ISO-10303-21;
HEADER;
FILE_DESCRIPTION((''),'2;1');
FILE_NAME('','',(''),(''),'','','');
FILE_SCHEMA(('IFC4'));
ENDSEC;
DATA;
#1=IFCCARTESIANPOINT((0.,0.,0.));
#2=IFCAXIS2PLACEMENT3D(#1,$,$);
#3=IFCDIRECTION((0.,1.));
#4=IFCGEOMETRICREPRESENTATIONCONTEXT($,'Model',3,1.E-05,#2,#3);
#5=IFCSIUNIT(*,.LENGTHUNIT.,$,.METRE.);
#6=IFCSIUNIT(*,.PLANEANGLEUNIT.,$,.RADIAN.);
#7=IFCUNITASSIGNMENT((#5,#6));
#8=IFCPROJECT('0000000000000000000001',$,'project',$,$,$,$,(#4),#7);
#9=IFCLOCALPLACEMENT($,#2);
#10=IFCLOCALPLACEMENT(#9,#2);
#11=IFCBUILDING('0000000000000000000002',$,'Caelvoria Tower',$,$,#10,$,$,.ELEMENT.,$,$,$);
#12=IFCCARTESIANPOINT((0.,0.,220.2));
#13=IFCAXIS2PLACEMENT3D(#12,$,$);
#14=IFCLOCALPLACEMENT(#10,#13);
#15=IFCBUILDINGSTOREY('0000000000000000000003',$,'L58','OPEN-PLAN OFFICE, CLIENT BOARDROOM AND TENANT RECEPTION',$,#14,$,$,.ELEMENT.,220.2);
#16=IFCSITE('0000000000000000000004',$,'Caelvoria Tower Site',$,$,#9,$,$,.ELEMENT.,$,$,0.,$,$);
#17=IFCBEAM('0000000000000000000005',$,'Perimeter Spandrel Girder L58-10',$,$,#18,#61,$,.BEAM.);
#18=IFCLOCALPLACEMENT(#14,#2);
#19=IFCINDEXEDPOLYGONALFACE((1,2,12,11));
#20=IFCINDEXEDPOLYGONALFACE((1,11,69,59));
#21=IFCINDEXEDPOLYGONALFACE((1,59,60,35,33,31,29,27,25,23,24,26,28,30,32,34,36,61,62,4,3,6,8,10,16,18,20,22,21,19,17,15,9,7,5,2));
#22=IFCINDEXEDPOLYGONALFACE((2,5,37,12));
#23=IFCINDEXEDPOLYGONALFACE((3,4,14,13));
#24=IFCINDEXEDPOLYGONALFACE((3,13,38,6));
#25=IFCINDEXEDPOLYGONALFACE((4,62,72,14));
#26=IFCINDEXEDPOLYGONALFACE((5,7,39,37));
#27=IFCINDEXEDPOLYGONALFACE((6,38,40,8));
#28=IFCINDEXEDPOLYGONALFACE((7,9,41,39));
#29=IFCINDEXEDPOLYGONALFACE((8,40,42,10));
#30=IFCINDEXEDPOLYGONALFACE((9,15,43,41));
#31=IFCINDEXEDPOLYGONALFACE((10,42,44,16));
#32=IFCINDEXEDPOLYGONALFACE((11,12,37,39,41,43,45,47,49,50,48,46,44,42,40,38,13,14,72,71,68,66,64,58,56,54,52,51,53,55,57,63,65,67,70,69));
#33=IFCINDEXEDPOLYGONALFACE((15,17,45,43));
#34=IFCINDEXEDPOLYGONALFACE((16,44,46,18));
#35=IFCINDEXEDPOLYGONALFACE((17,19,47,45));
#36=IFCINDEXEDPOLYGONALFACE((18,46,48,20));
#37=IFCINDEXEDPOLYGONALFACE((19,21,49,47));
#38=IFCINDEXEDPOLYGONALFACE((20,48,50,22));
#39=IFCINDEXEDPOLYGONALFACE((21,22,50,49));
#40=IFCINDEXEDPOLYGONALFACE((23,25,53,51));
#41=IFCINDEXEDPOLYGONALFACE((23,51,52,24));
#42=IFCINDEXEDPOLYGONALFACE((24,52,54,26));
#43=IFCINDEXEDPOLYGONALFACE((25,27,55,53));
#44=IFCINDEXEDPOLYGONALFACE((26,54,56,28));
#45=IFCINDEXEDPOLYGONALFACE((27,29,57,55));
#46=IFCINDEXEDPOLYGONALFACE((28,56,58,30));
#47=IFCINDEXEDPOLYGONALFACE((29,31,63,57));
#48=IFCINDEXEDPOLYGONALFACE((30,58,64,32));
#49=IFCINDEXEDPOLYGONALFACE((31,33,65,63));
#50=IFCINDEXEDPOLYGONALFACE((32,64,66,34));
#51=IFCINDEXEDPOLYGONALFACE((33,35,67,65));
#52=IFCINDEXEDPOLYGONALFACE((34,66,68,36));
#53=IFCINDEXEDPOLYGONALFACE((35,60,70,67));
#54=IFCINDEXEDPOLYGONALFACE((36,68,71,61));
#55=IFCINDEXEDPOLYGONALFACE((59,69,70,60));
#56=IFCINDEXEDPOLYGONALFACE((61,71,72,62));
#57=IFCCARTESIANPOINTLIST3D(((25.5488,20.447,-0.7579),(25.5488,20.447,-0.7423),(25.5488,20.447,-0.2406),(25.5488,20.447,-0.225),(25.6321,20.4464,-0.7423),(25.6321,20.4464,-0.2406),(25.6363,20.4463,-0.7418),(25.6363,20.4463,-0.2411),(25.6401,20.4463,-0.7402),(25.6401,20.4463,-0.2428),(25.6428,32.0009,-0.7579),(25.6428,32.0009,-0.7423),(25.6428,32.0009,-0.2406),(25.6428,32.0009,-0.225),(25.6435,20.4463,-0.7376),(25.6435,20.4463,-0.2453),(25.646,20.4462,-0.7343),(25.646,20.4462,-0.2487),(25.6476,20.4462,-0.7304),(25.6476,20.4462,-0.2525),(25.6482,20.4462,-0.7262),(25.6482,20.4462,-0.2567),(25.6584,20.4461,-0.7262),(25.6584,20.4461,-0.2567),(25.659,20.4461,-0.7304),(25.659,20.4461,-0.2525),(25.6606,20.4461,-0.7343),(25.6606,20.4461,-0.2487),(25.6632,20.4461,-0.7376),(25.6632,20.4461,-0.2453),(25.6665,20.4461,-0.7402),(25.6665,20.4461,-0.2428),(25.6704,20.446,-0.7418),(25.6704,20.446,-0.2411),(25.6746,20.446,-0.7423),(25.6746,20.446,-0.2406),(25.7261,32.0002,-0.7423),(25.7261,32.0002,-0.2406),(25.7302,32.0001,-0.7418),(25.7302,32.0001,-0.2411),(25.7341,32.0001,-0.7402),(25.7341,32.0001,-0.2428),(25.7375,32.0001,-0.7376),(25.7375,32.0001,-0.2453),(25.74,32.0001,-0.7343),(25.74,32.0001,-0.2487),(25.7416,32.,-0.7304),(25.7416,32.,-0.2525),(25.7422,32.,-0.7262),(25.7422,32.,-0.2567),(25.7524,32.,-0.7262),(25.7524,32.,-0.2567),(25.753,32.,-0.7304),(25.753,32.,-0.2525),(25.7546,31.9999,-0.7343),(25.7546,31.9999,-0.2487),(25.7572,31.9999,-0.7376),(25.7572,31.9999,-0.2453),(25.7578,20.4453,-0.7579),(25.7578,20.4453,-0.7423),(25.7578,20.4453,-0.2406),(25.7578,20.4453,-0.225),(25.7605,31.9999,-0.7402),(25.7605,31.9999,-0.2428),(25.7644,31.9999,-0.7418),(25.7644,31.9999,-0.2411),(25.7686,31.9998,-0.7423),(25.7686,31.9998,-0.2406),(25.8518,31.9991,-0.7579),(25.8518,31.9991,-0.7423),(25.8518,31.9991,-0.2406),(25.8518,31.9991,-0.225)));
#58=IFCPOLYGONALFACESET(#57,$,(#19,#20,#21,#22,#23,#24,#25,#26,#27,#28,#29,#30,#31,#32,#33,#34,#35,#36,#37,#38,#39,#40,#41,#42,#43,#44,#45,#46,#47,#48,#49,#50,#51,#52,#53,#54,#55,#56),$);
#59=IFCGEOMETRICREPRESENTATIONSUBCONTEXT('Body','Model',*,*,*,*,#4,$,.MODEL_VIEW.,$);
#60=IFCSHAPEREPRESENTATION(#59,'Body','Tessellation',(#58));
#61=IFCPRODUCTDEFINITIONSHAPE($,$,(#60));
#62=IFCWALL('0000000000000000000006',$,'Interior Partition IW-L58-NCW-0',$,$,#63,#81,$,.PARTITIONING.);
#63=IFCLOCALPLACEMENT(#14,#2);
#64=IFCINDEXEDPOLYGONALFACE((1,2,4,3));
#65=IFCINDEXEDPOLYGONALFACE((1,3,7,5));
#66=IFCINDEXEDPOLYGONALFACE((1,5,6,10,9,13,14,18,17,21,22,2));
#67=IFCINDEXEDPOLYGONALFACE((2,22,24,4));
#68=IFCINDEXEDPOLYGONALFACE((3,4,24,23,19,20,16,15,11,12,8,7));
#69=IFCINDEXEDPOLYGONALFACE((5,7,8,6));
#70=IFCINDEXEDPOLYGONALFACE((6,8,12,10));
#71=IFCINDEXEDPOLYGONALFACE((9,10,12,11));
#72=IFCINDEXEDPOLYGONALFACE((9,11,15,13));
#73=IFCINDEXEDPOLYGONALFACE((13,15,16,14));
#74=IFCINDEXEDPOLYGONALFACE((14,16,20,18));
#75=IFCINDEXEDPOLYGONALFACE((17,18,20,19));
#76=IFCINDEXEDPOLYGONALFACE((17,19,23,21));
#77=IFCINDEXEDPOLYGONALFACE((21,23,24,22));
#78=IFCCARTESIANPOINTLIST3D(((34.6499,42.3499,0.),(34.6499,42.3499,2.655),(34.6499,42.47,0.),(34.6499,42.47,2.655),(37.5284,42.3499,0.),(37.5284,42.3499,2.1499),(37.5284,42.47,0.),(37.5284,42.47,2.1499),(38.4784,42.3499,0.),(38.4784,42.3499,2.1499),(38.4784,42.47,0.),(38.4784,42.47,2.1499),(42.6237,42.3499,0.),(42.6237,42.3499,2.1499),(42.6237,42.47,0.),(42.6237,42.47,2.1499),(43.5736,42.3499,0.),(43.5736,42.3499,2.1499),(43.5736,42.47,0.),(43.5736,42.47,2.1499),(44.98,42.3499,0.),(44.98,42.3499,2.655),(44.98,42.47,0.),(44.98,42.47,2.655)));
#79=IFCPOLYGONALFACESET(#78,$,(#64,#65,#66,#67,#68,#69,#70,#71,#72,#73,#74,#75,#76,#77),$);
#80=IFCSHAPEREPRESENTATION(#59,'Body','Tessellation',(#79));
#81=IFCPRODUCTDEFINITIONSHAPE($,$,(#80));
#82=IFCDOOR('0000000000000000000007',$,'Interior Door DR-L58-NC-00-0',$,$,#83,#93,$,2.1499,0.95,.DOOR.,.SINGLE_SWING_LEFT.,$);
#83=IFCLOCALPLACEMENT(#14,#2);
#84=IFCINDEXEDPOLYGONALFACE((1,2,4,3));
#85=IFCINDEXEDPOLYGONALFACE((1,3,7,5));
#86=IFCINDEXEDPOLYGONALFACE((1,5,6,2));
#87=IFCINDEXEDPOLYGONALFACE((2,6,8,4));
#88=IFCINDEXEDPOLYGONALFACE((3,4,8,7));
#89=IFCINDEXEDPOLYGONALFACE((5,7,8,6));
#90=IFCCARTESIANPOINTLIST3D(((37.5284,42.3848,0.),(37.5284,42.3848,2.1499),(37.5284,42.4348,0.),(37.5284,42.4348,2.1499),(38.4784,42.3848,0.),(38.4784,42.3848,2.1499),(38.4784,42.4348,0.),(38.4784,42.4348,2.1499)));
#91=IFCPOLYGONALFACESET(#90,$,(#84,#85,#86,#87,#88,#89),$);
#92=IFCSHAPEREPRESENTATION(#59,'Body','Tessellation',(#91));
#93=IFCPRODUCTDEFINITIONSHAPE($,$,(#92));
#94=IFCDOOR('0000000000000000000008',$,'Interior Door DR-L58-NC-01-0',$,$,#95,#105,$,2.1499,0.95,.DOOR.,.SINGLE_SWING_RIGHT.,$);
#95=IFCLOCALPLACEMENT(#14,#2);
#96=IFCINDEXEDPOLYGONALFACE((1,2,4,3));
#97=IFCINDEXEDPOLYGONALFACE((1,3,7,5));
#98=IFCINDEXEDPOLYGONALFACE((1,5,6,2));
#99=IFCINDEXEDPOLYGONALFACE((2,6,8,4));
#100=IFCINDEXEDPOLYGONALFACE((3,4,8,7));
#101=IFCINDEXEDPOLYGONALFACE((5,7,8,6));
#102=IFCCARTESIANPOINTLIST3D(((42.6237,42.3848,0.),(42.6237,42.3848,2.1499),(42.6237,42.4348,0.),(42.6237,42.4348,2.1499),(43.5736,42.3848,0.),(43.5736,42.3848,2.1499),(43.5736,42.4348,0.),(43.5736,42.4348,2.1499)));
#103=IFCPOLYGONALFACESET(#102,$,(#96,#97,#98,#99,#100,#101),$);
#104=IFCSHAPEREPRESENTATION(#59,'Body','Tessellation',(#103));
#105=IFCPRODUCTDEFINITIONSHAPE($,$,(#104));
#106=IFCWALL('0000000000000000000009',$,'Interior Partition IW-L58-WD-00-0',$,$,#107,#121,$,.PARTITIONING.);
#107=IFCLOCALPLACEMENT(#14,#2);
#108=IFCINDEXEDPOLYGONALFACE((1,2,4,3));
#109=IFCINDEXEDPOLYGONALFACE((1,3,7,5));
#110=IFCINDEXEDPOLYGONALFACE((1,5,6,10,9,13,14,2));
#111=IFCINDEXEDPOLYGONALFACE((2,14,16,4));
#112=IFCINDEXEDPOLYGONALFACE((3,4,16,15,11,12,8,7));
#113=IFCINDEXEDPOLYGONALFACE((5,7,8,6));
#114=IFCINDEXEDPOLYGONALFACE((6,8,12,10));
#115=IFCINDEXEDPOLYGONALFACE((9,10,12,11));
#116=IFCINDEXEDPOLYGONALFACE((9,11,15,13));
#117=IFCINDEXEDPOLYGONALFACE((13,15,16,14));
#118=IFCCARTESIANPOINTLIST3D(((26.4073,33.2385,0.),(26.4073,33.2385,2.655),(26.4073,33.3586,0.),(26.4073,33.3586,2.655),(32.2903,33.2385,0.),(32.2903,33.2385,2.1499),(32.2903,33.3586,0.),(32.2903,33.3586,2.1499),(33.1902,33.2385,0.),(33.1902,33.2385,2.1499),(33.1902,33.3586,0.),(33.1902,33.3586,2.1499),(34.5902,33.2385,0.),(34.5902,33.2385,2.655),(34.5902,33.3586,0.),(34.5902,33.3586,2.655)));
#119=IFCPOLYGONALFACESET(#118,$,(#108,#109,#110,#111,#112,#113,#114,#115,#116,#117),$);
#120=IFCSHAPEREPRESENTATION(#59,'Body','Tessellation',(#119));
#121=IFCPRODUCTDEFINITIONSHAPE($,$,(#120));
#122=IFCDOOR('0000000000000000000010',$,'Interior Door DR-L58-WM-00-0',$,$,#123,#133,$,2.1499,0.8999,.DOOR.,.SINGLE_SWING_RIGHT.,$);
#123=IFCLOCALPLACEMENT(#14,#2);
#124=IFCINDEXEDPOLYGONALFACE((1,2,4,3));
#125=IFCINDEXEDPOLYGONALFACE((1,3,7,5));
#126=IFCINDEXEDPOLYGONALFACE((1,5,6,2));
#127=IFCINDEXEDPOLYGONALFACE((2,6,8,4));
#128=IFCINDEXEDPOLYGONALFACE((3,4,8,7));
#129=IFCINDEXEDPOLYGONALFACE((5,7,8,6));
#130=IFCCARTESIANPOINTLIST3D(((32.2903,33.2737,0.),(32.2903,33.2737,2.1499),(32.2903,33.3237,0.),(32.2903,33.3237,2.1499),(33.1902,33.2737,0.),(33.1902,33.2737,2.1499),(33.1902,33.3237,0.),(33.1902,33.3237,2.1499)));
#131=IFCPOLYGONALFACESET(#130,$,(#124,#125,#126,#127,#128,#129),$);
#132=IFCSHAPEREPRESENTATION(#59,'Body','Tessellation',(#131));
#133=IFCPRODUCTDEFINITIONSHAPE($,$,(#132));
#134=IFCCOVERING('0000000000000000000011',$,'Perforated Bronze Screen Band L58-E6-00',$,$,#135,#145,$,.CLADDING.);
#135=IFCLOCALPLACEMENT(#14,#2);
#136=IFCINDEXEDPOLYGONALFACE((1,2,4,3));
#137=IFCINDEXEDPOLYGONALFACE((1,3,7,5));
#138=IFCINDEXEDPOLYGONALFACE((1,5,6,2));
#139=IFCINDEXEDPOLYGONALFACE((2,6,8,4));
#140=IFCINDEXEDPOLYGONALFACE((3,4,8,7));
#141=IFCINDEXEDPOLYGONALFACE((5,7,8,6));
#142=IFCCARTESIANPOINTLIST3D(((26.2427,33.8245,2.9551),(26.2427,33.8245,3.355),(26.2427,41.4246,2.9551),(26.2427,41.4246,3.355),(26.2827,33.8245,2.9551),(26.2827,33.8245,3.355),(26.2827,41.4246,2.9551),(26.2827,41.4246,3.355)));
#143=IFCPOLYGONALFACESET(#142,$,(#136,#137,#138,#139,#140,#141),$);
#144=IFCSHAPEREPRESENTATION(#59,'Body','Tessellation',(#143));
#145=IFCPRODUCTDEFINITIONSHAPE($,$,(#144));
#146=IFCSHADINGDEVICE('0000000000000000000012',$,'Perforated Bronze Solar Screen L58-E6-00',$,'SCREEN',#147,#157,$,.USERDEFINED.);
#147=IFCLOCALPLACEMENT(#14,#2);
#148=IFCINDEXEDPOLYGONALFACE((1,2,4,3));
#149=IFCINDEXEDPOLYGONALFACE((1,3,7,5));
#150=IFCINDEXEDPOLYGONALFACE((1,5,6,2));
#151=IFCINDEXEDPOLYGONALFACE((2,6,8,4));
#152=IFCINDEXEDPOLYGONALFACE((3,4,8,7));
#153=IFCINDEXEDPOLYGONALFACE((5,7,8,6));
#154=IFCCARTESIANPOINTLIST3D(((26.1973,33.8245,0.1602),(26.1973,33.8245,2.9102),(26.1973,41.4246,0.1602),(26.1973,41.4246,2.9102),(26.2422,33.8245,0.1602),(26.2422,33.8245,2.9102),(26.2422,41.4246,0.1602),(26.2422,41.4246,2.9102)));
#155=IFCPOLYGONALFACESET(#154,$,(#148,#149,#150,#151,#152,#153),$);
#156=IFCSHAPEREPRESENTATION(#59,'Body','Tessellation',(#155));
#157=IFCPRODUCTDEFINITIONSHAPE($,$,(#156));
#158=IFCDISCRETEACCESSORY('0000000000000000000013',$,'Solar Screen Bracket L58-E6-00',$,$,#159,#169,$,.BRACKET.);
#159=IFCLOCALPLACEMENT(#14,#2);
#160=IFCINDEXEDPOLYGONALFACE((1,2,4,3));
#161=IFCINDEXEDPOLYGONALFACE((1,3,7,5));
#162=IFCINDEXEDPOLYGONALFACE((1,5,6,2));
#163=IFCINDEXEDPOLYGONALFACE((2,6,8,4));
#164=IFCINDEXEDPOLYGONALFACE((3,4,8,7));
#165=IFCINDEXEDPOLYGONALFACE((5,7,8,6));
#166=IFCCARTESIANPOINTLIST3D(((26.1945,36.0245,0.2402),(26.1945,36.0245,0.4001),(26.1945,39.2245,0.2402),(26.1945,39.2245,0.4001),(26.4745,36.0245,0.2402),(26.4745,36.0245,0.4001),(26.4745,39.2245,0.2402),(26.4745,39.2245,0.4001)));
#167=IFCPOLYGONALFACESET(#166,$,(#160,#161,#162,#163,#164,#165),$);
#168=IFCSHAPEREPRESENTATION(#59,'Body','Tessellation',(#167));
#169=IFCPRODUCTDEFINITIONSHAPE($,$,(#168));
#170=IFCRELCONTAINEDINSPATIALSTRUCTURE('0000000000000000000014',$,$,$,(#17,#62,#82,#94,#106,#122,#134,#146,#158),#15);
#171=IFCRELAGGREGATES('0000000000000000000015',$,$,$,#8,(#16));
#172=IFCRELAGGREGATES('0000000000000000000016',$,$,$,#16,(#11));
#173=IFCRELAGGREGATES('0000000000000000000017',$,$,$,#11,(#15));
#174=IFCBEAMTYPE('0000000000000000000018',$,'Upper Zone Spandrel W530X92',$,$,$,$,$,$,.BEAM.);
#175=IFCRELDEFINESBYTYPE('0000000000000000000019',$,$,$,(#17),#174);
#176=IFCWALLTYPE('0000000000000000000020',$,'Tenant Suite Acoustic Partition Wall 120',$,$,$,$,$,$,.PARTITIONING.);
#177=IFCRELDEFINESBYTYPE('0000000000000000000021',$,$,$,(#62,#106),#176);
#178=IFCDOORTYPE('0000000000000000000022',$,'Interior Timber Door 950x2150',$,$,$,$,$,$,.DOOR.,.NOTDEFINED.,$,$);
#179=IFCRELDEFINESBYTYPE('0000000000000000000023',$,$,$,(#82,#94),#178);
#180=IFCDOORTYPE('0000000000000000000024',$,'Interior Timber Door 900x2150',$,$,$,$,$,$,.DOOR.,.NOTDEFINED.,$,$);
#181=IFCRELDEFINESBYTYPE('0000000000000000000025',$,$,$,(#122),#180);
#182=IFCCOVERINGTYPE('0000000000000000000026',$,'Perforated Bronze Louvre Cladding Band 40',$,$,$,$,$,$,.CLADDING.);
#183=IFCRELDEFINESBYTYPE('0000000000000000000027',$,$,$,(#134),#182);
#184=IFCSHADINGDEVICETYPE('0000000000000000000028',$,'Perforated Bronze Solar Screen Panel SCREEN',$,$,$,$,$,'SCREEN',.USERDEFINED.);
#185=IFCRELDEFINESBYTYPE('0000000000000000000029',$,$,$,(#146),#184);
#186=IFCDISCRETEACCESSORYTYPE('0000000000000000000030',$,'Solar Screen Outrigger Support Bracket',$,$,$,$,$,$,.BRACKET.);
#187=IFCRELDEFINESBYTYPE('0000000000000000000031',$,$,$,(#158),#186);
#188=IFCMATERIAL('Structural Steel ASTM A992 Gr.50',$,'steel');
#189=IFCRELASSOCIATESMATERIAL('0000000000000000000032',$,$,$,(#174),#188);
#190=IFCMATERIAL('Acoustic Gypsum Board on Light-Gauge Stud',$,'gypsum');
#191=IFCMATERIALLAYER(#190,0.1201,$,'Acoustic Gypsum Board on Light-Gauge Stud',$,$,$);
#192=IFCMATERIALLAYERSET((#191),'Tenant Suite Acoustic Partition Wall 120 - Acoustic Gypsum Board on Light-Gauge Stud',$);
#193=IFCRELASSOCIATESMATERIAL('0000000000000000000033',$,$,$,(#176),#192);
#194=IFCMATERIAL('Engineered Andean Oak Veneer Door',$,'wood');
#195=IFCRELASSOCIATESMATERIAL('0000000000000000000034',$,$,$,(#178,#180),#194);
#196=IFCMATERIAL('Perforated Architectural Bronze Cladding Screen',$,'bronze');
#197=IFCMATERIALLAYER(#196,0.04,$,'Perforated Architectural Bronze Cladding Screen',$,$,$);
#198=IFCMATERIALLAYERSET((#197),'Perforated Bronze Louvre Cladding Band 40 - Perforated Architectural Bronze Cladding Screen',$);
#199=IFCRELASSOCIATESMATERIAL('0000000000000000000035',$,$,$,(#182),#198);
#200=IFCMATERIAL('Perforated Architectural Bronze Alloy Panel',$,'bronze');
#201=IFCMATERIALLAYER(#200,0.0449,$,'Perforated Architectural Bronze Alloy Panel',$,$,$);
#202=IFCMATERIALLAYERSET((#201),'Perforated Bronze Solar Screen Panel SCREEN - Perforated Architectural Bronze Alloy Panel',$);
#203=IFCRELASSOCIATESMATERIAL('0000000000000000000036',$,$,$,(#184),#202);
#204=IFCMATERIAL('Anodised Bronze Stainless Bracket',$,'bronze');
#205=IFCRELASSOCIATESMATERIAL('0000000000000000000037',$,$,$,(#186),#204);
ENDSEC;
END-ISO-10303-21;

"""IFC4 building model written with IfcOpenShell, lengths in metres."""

from ifc_helpers import new_model, si_unit, direction, frame, frame_2d, origin, origin_2d, place, context, subcontext, project, spatial, rectangle, i_section, extrude, material, layer, layer_set, material_profile, profile_set, type_object, element, fill, save


model = new_model("IFC4")

# Units and contexts
model_context = context("Model", 3, precision=1e-05, world=origin(), true_north=direction((0.0, 1.0)))
body_context = subcontext(model_context, "Body", "Model", "MODEL_VIEW")
ifc_project = project(units=[si_unit("LENGTHUNIT", "METRE"), si_unit("PLANEANGLEUNIT", "RADIAN")], contexts=[model_context])

# Site, building, storey
site_placement = place(None, origin())
site = spatial("IfcSite", under=ifc_project, at=site_placement, Name="Caelvoria Tower Site", CompositionType="ELEMENT", RefElevation=0.0)
building_placement = place(site_placement, origin())
building = spatial("IfcBuilding", under=site, at=building_placement, Name="Caelvoria Tower", CompositionType="ELEMENT")
storey_placement = place(building_placement, frame((0.0, 0.0, 220.2)))
storey = spatial("IfcBuildingStorey", under=building, at=storey_placement, Name="L58", Description="OPEN-PLAN OFFICE, CLIENT BOARDROOM AND TENANT RECEPTION", CompositionType="ELEMENT", Elevation=220.2)

# Shared definitions
ifc_material_1 = material(Name="Structural Steel ASTM A992 Gr.50", Category="steel")

# Beam
ifc_material_profile_1 = material_profile(ifc_material_1, i_section(OverallWidth=0.209, OverallDepth=0.533, WebThickness=0.0103, FlangeThickness=0.0156, FilletRadius=0.0161, at=origin_2d()), Name="Structural Steel ASTM A992 Gr.50")
ifc_profile_set_1 = profile_set([ifc_material_profile_1], Name="W530X92 - Structural Steel ASTM A992 Gr.50")
beam_type_1 = type_object("IfcBeamType", Name="Upper Zone Spandrel W530X92", PredefinedType="BEAM", material=ifc_profile_set_1)
beam_placement = place(storey_placement, frame((25.7473, 32.0, -0.4915), z_axis=(-0.008135, -0.999967, 0.0), x_axis=(0.999967, -0.008135, 0.0)))
element("IfcBeam", 1, at=beam_placement, inside=storey, type_object=beam_type_1, Name="Perimeter Spandrel Girder L58-10", PredefinedType="BEAM", context=body_context, shape_type="SweptSolid", body=[
    extrude(i_section(OverallWidth=0.209, OverallDepth=0.533, WebThickness=0.0103, FlangeThickness=0.0156, FilletRadius=0.0161, at=origin_2d()), origin(), (0.0, 0.0, 1.0), 11.5542),
])

# Wall, openings, doors
ifc_material_2 = material(Name="Acoustic Gypsum Board on Light-Gauge Stud", Category="gypsum")
ifc_layer_1 = layer(ifc_material_2, 0.1201, Name="Acoustic Gypsum Board on Light-Gauge Stud")
ifc_layer_set_1 = layer_set([ifc_layer_1], Name="Tenant Suite Acoustic Partition Wall 120 - Acoustic Gypsum Board on Light-Gauge Stud")
wall_type = type_object("IfcWallType", Name="Tenant Suite Acoustic Partition Wall 120", PredefinedType="PARTITIONING", material=ifc_layer_set_1)
wall_1_placement = place(storey_placement, frame((34.6499, 42.4099, 0.0), z_axis=(0.0, 0.0, 1.0), x_axis=(1.0, 0.0, 0.0)))
wall_1 = element("IfcWall", 2, at=wall_1_placement, inside=storey, type_object=wall_type, Name="Interior Partition IW-L58-NCW-0", PredefinedType="PARTITIONING", context=body_context, shape_type="SweptSolid", body=[
    extrude(rectangle(XDim=10.3301, YDim=0.1201, at=frame_2d((5.165, 0.0))), origin(), (0.0, 0.0, 1.0), 2.655),
])
opening_1_placement = place(wall_1_placement, frame((2.8784, 0.0, 0.0)))
opening_1 = element("IfcOpeningElement", 3, at=opening_1_placement, cuts=wall_1, PredefinedType="OPENING", context=body_context, shape_type="SweptSolid", body=[
    extrude(rectangle(XDim=0.95, YDim=2.1499, at=frame_2d((0.4751, 1.075))), frame((0.0, 0.0701, 0.0), z_axis=(0.0, -1.0, 0.0), x_axis=(1.0, 0.0, 0.0)), (0.0, 0.0, 1.0), 0.1401),
])
opening_2_placement = place(wall_1_placement, frame((7.9736, 0.0, 0.0)))
opening_2 = element("IfcOpeningElement", 4, at=opening_2_placement, cuts=wall_1, PredefinedType="OPENING", context=body_context, shape_type="SweptSolid", body=[
    extrude(rectangle(XDim=0.95, YDim=2.1499, at=frame_2d((0.4751, 1.075))), frame((0.0, 0.0701, 0.0), z_axis=(0.0, -1.0, 0.0), x_axis=(1.0, 0.0, 0.0)), (0.0, 0.0, 1.0), 0.1401),
])
ifc_material_3 = material(Name="Engineered Andean Oak Veneer Door", Category="wood")
door_type_1 = type_object("IfcDoorType", Name="Interior Timber Door 950x2150", OperationType="NOTDEFINED", PredefinedType="DOOR", material=ifc_material_3)
door_1_placement = place(opening_1_placement, origin())
door_1 = element("IfcDoor", 5, at=door_1_placement, inside=storey, type_object=door_type_1, Name="Interior Door DR-L58-NC-00-0", OperationType="SINGLE_SWING_LEFT", OverallHeight=2.1499, OverallWidth=0.95, PredefinedType="DOOR", context=body_context, shape_type="SweptSolid", body=[
    extrude(rectangle(XDim=0.95, YDim=2.1499, at=frame_2d((0.4751, 1.075))), frame((0.0, 0.0249, 0.0), z_axis=(0.0, -1.0, 0.0), x_axis=(1.0, 0.0, 0.0)), (0.0, 0.0, 1.0), 0.05),
])
fill(opening_1, door_1)
door_2_placement = place(opening_2_placement, origin())
door_2 = element("IfcDoor", 6, at=door_2_placement, inside=storey, type_object=door_type_1, Name="Interior Door DR-L58-NC-01-0", OperationType="SINGLE_SWING_RIGHT", OverallHeight=2.1499, OverallWidth=0.95, PredefinedType="DOOR", context=body_context, shape_type="SweptSolid", body=[
    extrude(rectangle(XDim=0.95, YDim=2.1499, at=frame_2d((0.4751, 1.075))), frame((0.0, 0.0249, 0.0), z_axis=(0.0, -1.0, 0.0), x_axis=(1.0, 0.0, 0.0)), (0.0, 0.0, 1.0), 0.05),
])
fill(opening_2, door_2)

# Wall, opening, door
wall_2_placement = place(storey_placement, frame((34.5901, 33.2986, 0.0), z_axis=(0.0, 0.0, 1.0), x_axis=(-1.0, 0.0, 0.0)))
wall_2 = element("IfcWall", 7, at=wall_2_placement, inside=storey, type_object=wall_type, Name="Interior Partition IW-L58-WD-00-0", PredefinedType="PARTITIONING", context=body_context, shape_type="SweptSolid", body=[
    extrude(rectangle(XDim=8.1829, YDim=0.1201, at=frame_2d((4.0913, 0.0))), origin(), (0.0, 0.0, 1.0), 2.655),
])
opening_3_placement = place(wall_2_placement, frame((1.3999, 0.0, 0.0)))
opening_3 = element("IfcOpeningElement", 8, at=opening_3_placement, cuts=wall_2, PredefinedType="OPENING", context=body_context, shape_type="SweptSolid", body=[
    extrude(rectangle(XDim=0.8999, YDim=2.1499, at=frame_2d((0.45, 1.075))), frame((0.0, 0.0701, 0.0), z_axis=(0.0, -1.0, 0.0), x_axis=(1.0, 0.0, 0.0)), (0.0, 0.0, 1.0), 0.1401),
])
door_type_2 = type_object("IfcDoorType", Name="Interior Timber Door 900x2150", OperationType="NOTDEFINED", PredefinedType="DOOR", material=ifc_material_3)
door_3_placement = place(opening_3_placement, origin())
door_3 = element("IfcDoor", 9, at=door_3_placement, inside=storey, type_object=door_type_2, Name="Interior Door DR-L58-WM-00-0", OperationType="SINGLE_SWING_RIGHT", OverallHeight=2.1499, OverallWidth=0.8999, PredefinedType="DOOR", context=body_context, shape_type="SweptSolid", body=[
    extrude(rectangle(XDim=0.8999, YDim=2.1499, at=frame_2d((0.45, 1.075))), frame((0.0, 0.0249, 0.0), z_axis=(0.0, -1.0, 0.0), x_axis=(1.0, 0.0, 0.0)), (0.0, 0.0, 1.0), 0.05),
])
fill(opening_3, door_3)

# Covering
ifc_material_4 = material(Name="Perforated Architectural Bronze Cladding Screen", Category="bronze")
ifc_layer_2 = layer(ifc_material_4, 0.04, Name="Perforated Architectural Bronze Cladding Screen")
ifc_layer_set_2 = layer_set([ifc_layer_2], Name="Perforated Bronze Louvre Cladding Band 40 - Perforated Architectural Bronze Cladding Screen")
covering_type = type_object("IfcCoveringType", Name="Perforated Bronze Louvre Cladding Band 40", PredefinedType="CLADDING", material=ifc_layer_set_2)
covering_placement = place(storey_placement, frame((26.2627, 37.6245, 2.9551), z_axis=(0.0, 0.0, 1.0), x_axis=(0.0, -1.0, 0.0)))
element("IfcCovering", 10, at=covering_placement, inside=storey, type_object=covering_type, Name="Perforated Bronze Screen Band L58-E6-00", PredefinedType="CLADDING", context=body_context, shape_type="SweptSolid", body=[
    extrude(rectangle(XDim=7.6001, YDim=0.04, at=origin_2d()), origin(), (0.0, 0.0, 1.0), 0.3999),
])

# Shading device
ifc_material_5 = material(Name="Perforated Architectural Bronze Alloy Panel", Category="bronze")
ifc_layer_3 = layer(ifc_material_5, 0.0449, Name="Perforated Architectural Bronze Alloy Panel")
ifc_layer_set_3 = layer_set([ifc_layer_3], Name="Perforated Bronze Solar Screen Panel SCREEN - Perforated Architectural Bronze Alloy Panel")
shading_device_type = type_object("IfcShadingDeviceType", Name="Perforated Bronze Solar Screen Panel SCREEN", ElementType="SCREEN", PredefinedType="USERDEFINED", material=ifc_layer_set_3)
shading_device_placement = place(storey_placement, frame((26.2197, 37.6245, 0.1602), z_axis=(0.0, 0.0, 1.0), x_axis=(0.0, -1.0, 0.0)))
element("IfcShadingDevice", 11, at=shading_device_placement, inside=storey, type_object=shading_device_type, Name="Perforated Bronze Solar Screen L58-E6-00", ObjectType="SCREEN", PredefinedType="USERDEFINED", context=body_context, shape_type="SweptSolid", body=[
    extrude(rectangle(XDim=7.6001, YDim=0.0449, at=origin_2d()), origin(), (0.0, 0.0, 1.0), 2.75),
])

# Discrete accessory
ifc_material_6 = material(Name="Anodised Bronze Stainless Bracket", Category="bronze")
discrete_accessory_type_1 = type_object("IfcDiscreteAccessoryType", Name="Solar Screen Outrigger Support Bracket", PredefinedType="BRACKET", material=ifc_material_6)
for number, where, z_axis, x_axis, name in (
    (12, (26.3345, 37.6245, 0.2402), (0.0, 0.0, 1.0), (0.0, -1.0, 0.0), "Solar Screen Bracket L58-E6-00"),
):
    element("IfcDiscreteAccessory", number, at=place(storey_placement, frame(where, z_axis=z_axis, x_axis=x_axis)), inside=storey, type_object=discrete_accessory_type_1, Name=name, PredefinedType="BRACKET", context=body_context, shape_type="SweptSolid", body=[
        extrude(rectangle(XDim=3.2, YDim=0.28, at=origin_2d()), origin(), (0.0, 0.0, 1.0), 0.1599),
    ])

save(model, "model.ifc")
